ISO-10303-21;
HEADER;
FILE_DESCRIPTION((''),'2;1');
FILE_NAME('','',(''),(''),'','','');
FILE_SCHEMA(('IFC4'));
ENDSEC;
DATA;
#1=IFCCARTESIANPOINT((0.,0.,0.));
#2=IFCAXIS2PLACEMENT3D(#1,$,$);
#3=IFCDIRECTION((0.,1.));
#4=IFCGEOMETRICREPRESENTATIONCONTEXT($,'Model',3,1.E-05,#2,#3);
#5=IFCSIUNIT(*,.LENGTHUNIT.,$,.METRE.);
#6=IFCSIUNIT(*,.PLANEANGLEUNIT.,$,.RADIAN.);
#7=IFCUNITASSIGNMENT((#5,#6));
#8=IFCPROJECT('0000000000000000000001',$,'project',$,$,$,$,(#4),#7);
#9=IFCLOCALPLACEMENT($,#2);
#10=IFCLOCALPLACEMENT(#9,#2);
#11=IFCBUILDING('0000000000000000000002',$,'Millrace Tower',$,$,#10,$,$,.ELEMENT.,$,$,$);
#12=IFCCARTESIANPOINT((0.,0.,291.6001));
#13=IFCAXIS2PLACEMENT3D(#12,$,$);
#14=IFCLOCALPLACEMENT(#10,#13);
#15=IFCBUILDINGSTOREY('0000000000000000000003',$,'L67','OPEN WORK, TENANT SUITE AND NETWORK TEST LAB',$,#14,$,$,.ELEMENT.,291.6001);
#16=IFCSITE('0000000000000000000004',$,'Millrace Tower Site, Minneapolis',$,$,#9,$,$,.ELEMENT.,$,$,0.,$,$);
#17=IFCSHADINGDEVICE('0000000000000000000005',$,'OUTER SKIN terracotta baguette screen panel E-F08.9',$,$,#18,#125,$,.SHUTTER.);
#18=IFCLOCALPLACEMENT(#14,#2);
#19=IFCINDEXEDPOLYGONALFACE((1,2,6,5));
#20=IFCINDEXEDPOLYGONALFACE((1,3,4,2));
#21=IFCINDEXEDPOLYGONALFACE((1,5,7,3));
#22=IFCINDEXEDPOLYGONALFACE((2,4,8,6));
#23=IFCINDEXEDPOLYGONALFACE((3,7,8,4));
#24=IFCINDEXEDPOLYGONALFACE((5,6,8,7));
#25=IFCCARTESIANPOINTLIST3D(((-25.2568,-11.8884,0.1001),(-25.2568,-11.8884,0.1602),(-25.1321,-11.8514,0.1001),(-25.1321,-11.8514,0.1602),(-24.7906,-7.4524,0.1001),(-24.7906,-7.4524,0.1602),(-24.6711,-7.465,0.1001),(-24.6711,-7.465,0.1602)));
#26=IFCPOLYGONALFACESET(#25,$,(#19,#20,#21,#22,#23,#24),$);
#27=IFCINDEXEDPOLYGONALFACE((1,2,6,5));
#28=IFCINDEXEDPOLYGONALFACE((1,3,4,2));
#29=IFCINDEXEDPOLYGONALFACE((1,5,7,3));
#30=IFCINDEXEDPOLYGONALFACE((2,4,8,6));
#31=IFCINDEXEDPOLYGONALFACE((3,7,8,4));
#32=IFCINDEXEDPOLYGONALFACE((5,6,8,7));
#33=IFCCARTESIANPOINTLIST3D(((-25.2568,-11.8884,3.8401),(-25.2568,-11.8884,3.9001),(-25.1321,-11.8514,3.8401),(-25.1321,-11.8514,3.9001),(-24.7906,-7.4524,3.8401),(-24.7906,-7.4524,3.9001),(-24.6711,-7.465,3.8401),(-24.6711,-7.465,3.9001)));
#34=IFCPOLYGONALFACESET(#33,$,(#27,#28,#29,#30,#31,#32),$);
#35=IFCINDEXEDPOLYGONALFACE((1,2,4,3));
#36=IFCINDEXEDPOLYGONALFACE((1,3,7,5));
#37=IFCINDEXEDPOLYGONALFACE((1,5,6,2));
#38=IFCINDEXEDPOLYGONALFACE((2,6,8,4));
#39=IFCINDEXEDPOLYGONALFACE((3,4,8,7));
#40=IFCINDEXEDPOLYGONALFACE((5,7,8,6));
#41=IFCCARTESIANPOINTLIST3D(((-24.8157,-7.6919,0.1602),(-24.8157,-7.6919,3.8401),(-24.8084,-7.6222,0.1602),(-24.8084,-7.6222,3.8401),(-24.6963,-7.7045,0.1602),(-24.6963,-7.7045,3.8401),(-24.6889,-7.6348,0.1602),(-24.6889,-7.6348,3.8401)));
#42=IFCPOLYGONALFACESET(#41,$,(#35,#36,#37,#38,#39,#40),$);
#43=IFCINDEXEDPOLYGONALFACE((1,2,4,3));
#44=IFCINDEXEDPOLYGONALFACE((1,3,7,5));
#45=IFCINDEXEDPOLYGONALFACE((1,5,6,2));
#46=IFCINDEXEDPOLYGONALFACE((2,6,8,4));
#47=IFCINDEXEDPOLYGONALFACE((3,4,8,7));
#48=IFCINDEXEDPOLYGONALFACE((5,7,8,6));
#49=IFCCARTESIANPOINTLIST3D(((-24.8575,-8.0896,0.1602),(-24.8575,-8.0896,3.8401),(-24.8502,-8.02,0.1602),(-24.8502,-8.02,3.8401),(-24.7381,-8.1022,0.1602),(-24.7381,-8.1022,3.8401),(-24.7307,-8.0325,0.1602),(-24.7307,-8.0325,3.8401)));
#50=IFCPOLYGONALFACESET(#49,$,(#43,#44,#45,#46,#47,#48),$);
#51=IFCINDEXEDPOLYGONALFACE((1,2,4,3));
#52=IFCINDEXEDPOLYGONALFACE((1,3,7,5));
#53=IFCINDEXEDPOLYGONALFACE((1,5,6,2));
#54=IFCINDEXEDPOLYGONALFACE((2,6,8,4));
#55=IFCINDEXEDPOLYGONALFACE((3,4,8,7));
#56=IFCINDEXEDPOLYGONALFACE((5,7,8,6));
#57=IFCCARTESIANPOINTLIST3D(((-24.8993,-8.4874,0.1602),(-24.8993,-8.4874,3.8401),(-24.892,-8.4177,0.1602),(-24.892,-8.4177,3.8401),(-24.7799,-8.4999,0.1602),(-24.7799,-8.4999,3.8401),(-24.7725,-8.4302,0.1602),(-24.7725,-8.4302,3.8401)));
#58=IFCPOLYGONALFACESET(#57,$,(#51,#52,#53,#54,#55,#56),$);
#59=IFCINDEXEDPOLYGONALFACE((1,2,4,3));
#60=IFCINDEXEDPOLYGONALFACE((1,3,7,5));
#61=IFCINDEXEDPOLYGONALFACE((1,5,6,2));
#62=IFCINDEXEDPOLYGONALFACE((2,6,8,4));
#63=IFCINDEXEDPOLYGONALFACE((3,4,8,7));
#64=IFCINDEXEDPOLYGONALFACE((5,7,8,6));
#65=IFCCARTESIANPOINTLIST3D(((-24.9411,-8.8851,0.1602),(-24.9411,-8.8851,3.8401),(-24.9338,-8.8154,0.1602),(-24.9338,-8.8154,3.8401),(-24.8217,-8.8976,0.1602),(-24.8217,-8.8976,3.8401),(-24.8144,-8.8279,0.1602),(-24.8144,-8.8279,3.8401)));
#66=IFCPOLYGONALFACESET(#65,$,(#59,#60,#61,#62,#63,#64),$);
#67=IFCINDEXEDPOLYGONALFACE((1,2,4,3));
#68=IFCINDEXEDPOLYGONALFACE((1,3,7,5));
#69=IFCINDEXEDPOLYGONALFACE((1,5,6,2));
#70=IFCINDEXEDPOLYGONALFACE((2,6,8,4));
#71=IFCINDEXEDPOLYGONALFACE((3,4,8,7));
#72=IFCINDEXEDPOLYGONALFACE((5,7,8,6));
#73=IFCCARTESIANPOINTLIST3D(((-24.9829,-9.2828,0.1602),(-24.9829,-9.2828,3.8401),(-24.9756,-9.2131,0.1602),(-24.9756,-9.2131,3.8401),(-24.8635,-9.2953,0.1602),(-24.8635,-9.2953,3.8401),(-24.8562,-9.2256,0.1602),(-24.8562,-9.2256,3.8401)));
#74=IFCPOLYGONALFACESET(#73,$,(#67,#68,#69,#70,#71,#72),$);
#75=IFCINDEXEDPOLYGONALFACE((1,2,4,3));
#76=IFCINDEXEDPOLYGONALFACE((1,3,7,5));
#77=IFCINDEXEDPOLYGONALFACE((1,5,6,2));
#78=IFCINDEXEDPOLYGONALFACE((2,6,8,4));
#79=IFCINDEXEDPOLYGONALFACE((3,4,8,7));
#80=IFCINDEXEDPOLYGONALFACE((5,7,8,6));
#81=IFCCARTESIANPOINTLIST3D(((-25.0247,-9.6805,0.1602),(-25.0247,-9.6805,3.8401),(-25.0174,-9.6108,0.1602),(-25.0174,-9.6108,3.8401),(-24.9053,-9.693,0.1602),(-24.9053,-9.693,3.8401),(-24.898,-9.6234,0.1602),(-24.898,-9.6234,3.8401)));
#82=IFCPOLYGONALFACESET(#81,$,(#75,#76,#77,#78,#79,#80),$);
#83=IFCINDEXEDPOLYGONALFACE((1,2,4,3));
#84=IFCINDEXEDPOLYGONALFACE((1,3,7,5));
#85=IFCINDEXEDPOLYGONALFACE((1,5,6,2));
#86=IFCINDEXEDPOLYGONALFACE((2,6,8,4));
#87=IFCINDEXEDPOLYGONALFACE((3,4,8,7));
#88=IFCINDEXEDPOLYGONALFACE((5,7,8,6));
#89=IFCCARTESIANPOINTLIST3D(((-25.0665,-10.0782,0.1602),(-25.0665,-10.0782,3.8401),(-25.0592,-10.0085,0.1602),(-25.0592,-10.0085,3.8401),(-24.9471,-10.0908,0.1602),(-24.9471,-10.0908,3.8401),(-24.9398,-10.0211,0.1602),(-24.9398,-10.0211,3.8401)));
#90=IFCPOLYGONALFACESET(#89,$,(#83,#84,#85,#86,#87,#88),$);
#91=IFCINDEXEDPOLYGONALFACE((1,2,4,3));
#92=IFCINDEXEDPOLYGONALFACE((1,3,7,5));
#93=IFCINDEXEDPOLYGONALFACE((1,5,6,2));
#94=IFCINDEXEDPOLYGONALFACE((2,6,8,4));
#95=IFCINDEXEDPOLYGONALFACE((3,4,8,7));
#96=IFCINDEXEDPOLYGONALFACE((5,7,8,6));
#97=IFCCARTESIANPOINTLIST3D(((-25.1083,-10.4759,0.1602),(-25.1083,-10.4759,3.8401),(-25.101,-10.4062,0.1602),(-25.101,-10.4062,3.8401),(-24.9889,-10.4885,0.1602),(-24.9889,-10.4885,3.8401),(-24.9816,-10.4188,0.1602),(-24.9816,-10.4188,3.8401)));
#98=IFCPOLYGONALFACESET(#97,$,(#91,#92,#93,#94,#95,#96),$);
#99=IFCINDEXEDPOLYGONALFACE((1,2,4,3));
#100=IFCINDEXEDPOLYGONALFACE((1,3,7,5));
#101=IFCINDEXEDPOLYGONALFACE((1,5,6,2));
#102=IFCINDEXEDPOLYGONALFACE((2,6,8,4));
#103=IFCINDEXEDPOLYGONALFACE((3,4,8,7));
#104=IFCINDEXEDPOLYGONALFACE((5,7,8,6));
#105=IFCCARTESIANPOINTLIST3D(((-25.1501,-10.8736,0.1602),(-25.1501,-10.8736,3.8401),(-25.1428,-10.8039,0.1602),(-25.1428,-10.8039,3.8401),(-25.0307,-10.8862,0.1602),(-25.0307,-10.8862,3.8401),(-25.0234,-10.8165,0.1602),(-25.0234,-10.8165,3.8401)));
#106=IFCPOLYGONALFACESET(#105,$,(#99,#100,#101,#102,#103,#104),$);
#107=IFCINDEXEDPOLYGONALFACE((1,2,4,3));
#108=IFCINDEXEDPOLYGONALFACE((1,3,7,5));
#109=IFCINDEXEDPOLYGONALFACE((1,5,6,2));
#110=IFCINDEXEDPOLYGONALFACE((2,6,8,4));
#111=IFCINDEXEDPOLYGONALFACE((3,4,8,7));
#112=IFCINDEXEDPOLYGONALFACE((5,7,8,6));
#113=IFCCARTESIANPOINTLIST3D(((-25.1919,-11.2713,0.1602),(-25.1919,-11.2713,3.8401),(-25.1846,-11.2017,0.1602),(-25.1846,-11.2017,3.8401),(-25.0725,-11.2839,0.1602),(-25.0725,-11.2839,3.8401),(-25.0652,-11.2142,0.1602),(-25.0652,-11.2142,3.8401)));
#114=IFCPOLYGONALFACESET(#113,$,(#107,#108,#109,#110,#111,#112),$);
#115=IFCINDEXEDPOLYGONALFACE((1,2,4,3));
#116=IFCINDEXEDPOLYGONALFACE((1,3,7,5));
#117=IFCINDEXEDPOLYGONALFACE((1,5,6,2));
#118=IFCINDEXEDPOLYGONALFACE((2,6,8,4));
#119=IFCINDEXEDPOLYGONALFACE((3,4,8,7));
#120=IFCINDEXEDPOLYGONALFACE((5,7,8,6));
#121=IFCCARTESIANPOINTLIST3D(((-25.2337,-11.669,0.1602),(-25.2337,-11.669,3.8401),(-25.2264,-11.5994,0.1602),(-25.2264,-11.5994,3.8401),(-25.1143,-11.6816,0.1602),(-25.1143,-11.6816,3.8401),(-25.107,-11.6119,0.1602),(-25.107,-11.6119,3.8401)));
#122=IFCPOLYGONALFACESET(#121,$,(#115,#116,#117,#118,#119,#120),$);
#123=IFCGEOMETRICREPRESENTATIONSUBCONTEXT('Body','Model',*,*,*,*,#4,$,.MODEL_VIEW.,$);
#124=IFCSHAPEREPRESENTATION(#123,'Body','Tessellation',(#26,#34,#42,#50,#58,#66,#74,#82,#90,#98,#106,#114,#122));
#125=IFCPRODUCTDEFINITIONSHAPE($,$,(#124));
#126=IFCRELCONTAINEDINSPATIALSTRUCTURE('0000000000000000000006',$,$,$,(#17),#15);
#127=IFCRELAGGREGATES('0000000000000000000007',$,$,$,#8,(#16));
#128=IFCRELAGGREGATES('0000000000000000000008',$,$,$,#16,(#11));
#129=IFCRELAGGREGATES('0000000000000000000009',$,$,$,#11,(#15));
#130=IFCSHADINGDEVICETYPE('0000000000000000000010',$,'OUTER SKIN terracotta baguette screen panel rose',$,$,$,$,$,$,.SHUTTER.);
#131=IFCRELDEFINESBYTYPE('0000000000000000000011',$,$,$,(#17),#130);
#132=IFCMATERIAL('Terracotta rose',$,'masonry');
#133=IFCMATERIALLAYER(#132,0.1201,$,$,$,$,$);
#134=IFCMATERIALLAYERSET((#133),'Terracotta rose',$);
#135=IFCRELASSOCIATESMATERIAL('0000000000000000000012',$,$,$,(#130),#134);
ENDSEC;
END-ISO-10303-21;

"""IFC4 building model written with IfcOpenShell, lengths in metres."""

from ifc_helpers import new_model, entity, si_unit, direction, frame, frame_2d, origin, place, context, subcontext, project, spatial, rectangle, extrude, source, transform, mapped, material, layer, layer_set, type_object, element, save


model = new_model("IFC4")

# Units and contexts
model_context = context("Model", 3, precision=1e-05, world=origin(), true_north=direction((0.0, 1.0)))
body_context = subcontext(model_context, "Body", "Model", "MODEL_VIEW")
ifc_project = project(units=[si_unit("LENGTHUNIT", "METRE"), si_unit("PLANEANGLEUNIT", "RADIAN")], contexts=[model_context])

# Site, building, storey
site_placement = place(None, origin())
site = spatial("IfcSite", under=ifc_project, at=site_placement, Name="Millrace Tower Site, Minneapolis", CompositionType="ELEMENT", RefElevation=0.0)
building_placement = place(site_placement, origin())
building = spatial("IfcBuilding", under=site, at=building_placement, Name="Millrace Tower", CompositionType="ELEMENT")
storey_placement = place(building_placement, frame((0.0, 0.0, 291.6001)))
storey = spatial("IfcBuildingStorey", under=building, at=storey_placement, Name="L67", Description="OPEN WORK, TENANT SUITE AND NETWORK TEST LAB", CompositionType="ELEMENT", Elevation=291.6001)

# Shading device
ifc_material_1 = material(Name="Terracotta rose", Category="masonry")
ifc_layer_1 = layer(ifc_material_1, 0.1201)
ifc_layer_set_1 = layer_set([ifc_layer_1], Name="Terracotta rose")
shading_device_type = type_object("IfcShadingDeviceType", Name="OUTER SKIN terracotta baguette screen panel rose", PredefinedType="SHUTTER", material=ifc_layer_set_1)
cartesian_point_1 = entity("IfcCartesianPoint", [-2.2178, 0.0601])
shared_polyline_1 = entity("IfcPolyline", [cartesian_point_1, entity("IfcCartesianPoint", [2.1929, 0.0601]), entity("IfcCartesianPoint", [2.2427, -0.0601]), entity("IfcCartesianPoint", [-2.2178, -0.0601]), cartesian_point_1])
shared_shape_1 = source(origin(), body_context, "Body", "SweptSolid", [
    entity("IfcExtrudedAreaSolid", entity("IfcArbitraryClosedProfileDef", "AREA", None, shared_polyline_1), entity("IfcAxis2Placement3D", entity("IfcCartesianPoint", [0.0, 0.0, 0.0])), entity("IfcDirection", [0.0, 0.0, 1.0]), 0.0601),
    entity("IfcExtrudedAreaSolid", entity("IfcArbitraryClosedProfileDef", "AREA", None, shared_polyline_1), entity("IfcAxis2Placement3D", entity("IfcCartesianPoint", [0.0, 0.0, 3.74])), entity("IfcDirection", [0.0, 0.0, 1.0]), 0.0601),
    extrude(rectangle(XDim=0.0701, YDim=0.1201, at=frame_2d((-2.012, 0.0))), frame((0.0, 0.0, 0.0601)), (0.0, 0.0, 1.0), 3.6799),
    extrude(rectangle(XDim=0.0701, YDim=0.1201, at=frame_2d((-1.6121, 0.0))), frame((0.0, 0.0, 0.0601)), (0.0, 0.0, 1.0), 3.6799),
    extrude(rectangle(XDim=0.0701, YDim=0.1201, at=frame_2d((-1.2122, 0.0))), frame((0.0, 0.0, 0.0601)), (0.0, 0.0, 1.0), 3.6799),
    extrude(rectangle(XDim=0.0701, YDim=0.1201, at=frame_2d((-0.8123, 0.0))), frame((0.0, 0.0, 0.0601)), (0.0, 0.0, 1.0), 3.6799),
    extrude(rectangle(XDim=0.0701, YDim=0.1201, at=frame_2d((-0.4124, 0.0))), frame((0.0, 0.0, 0.0601)), (0.0, 0.0, 1.0), 3.6799),
    extrude(rectangle(XDim=0.0701, YDim=0.1201, at=frame_2d((-0.0125, 0.0))), frame((0.0, 0.0, 0.0601)), (0.0, 0.0, 1.0), 3.6799),
    extrude(rectangle(XDim=0.0701, YDim=0.1201, at=frame_2d((0.3875, 0.0))), frame((0.0, 0.0, 0.0601)), (0.0, 0.0, 1.0), 3.6799),
    extrude(rectangle(XDim=0.0701, YDim=0.1201, at=frame_2d((0.7874, 0.0))), frame((0.0, 0.0, 0.0601)), (0.0, 0.0, 1.0), 3.6799),
    extrude(rectangle(XDim=0.0701, YDim=0.1201, at=frame_2d((1.1873, 0.0))), frame((0.0, 0.0, 0.0601)), (0.0, 0.0, 1.0), 3.6799),
    extrude(rectangle(XDim=0.0701, YDim=0.1201, at=frame_2d((1.5872, 0.0))), frame((0.0, 0.0, 0.0601)), (0.0, 0.0, 1.0), 3.6799),
    extrude(rectangle(XDim=0.0701, YDim=0.1201, at=frame_2d((1.9871, 0.0))), frame((0.0, 0.0, 0.0601)), (0.0, 0.0, 1.0), 3.6799),
])
shading_device_placement = place(storey_placement, frame((-24.9626, -9.6643, 0.1001), z_axis=(0.0, 0.0, 1.0), x_axis=(-0.104528, -0.994522, 0.0)))
element("IfcShadingDevice", 1, at=shading_device_placement, inside=storey, type_object=shading_device_type, Name="OUTER SKIN terracotta baguette screen panel E-F08.9", PredefinedType="SHUTTER", context=body_context, shape_type="MappedRepresentation", body=[
    mapped(shared_shape_1, transform((0.0, 0.0, 0.0), scale=1.0)),
])

save(model, "model.ifc")
